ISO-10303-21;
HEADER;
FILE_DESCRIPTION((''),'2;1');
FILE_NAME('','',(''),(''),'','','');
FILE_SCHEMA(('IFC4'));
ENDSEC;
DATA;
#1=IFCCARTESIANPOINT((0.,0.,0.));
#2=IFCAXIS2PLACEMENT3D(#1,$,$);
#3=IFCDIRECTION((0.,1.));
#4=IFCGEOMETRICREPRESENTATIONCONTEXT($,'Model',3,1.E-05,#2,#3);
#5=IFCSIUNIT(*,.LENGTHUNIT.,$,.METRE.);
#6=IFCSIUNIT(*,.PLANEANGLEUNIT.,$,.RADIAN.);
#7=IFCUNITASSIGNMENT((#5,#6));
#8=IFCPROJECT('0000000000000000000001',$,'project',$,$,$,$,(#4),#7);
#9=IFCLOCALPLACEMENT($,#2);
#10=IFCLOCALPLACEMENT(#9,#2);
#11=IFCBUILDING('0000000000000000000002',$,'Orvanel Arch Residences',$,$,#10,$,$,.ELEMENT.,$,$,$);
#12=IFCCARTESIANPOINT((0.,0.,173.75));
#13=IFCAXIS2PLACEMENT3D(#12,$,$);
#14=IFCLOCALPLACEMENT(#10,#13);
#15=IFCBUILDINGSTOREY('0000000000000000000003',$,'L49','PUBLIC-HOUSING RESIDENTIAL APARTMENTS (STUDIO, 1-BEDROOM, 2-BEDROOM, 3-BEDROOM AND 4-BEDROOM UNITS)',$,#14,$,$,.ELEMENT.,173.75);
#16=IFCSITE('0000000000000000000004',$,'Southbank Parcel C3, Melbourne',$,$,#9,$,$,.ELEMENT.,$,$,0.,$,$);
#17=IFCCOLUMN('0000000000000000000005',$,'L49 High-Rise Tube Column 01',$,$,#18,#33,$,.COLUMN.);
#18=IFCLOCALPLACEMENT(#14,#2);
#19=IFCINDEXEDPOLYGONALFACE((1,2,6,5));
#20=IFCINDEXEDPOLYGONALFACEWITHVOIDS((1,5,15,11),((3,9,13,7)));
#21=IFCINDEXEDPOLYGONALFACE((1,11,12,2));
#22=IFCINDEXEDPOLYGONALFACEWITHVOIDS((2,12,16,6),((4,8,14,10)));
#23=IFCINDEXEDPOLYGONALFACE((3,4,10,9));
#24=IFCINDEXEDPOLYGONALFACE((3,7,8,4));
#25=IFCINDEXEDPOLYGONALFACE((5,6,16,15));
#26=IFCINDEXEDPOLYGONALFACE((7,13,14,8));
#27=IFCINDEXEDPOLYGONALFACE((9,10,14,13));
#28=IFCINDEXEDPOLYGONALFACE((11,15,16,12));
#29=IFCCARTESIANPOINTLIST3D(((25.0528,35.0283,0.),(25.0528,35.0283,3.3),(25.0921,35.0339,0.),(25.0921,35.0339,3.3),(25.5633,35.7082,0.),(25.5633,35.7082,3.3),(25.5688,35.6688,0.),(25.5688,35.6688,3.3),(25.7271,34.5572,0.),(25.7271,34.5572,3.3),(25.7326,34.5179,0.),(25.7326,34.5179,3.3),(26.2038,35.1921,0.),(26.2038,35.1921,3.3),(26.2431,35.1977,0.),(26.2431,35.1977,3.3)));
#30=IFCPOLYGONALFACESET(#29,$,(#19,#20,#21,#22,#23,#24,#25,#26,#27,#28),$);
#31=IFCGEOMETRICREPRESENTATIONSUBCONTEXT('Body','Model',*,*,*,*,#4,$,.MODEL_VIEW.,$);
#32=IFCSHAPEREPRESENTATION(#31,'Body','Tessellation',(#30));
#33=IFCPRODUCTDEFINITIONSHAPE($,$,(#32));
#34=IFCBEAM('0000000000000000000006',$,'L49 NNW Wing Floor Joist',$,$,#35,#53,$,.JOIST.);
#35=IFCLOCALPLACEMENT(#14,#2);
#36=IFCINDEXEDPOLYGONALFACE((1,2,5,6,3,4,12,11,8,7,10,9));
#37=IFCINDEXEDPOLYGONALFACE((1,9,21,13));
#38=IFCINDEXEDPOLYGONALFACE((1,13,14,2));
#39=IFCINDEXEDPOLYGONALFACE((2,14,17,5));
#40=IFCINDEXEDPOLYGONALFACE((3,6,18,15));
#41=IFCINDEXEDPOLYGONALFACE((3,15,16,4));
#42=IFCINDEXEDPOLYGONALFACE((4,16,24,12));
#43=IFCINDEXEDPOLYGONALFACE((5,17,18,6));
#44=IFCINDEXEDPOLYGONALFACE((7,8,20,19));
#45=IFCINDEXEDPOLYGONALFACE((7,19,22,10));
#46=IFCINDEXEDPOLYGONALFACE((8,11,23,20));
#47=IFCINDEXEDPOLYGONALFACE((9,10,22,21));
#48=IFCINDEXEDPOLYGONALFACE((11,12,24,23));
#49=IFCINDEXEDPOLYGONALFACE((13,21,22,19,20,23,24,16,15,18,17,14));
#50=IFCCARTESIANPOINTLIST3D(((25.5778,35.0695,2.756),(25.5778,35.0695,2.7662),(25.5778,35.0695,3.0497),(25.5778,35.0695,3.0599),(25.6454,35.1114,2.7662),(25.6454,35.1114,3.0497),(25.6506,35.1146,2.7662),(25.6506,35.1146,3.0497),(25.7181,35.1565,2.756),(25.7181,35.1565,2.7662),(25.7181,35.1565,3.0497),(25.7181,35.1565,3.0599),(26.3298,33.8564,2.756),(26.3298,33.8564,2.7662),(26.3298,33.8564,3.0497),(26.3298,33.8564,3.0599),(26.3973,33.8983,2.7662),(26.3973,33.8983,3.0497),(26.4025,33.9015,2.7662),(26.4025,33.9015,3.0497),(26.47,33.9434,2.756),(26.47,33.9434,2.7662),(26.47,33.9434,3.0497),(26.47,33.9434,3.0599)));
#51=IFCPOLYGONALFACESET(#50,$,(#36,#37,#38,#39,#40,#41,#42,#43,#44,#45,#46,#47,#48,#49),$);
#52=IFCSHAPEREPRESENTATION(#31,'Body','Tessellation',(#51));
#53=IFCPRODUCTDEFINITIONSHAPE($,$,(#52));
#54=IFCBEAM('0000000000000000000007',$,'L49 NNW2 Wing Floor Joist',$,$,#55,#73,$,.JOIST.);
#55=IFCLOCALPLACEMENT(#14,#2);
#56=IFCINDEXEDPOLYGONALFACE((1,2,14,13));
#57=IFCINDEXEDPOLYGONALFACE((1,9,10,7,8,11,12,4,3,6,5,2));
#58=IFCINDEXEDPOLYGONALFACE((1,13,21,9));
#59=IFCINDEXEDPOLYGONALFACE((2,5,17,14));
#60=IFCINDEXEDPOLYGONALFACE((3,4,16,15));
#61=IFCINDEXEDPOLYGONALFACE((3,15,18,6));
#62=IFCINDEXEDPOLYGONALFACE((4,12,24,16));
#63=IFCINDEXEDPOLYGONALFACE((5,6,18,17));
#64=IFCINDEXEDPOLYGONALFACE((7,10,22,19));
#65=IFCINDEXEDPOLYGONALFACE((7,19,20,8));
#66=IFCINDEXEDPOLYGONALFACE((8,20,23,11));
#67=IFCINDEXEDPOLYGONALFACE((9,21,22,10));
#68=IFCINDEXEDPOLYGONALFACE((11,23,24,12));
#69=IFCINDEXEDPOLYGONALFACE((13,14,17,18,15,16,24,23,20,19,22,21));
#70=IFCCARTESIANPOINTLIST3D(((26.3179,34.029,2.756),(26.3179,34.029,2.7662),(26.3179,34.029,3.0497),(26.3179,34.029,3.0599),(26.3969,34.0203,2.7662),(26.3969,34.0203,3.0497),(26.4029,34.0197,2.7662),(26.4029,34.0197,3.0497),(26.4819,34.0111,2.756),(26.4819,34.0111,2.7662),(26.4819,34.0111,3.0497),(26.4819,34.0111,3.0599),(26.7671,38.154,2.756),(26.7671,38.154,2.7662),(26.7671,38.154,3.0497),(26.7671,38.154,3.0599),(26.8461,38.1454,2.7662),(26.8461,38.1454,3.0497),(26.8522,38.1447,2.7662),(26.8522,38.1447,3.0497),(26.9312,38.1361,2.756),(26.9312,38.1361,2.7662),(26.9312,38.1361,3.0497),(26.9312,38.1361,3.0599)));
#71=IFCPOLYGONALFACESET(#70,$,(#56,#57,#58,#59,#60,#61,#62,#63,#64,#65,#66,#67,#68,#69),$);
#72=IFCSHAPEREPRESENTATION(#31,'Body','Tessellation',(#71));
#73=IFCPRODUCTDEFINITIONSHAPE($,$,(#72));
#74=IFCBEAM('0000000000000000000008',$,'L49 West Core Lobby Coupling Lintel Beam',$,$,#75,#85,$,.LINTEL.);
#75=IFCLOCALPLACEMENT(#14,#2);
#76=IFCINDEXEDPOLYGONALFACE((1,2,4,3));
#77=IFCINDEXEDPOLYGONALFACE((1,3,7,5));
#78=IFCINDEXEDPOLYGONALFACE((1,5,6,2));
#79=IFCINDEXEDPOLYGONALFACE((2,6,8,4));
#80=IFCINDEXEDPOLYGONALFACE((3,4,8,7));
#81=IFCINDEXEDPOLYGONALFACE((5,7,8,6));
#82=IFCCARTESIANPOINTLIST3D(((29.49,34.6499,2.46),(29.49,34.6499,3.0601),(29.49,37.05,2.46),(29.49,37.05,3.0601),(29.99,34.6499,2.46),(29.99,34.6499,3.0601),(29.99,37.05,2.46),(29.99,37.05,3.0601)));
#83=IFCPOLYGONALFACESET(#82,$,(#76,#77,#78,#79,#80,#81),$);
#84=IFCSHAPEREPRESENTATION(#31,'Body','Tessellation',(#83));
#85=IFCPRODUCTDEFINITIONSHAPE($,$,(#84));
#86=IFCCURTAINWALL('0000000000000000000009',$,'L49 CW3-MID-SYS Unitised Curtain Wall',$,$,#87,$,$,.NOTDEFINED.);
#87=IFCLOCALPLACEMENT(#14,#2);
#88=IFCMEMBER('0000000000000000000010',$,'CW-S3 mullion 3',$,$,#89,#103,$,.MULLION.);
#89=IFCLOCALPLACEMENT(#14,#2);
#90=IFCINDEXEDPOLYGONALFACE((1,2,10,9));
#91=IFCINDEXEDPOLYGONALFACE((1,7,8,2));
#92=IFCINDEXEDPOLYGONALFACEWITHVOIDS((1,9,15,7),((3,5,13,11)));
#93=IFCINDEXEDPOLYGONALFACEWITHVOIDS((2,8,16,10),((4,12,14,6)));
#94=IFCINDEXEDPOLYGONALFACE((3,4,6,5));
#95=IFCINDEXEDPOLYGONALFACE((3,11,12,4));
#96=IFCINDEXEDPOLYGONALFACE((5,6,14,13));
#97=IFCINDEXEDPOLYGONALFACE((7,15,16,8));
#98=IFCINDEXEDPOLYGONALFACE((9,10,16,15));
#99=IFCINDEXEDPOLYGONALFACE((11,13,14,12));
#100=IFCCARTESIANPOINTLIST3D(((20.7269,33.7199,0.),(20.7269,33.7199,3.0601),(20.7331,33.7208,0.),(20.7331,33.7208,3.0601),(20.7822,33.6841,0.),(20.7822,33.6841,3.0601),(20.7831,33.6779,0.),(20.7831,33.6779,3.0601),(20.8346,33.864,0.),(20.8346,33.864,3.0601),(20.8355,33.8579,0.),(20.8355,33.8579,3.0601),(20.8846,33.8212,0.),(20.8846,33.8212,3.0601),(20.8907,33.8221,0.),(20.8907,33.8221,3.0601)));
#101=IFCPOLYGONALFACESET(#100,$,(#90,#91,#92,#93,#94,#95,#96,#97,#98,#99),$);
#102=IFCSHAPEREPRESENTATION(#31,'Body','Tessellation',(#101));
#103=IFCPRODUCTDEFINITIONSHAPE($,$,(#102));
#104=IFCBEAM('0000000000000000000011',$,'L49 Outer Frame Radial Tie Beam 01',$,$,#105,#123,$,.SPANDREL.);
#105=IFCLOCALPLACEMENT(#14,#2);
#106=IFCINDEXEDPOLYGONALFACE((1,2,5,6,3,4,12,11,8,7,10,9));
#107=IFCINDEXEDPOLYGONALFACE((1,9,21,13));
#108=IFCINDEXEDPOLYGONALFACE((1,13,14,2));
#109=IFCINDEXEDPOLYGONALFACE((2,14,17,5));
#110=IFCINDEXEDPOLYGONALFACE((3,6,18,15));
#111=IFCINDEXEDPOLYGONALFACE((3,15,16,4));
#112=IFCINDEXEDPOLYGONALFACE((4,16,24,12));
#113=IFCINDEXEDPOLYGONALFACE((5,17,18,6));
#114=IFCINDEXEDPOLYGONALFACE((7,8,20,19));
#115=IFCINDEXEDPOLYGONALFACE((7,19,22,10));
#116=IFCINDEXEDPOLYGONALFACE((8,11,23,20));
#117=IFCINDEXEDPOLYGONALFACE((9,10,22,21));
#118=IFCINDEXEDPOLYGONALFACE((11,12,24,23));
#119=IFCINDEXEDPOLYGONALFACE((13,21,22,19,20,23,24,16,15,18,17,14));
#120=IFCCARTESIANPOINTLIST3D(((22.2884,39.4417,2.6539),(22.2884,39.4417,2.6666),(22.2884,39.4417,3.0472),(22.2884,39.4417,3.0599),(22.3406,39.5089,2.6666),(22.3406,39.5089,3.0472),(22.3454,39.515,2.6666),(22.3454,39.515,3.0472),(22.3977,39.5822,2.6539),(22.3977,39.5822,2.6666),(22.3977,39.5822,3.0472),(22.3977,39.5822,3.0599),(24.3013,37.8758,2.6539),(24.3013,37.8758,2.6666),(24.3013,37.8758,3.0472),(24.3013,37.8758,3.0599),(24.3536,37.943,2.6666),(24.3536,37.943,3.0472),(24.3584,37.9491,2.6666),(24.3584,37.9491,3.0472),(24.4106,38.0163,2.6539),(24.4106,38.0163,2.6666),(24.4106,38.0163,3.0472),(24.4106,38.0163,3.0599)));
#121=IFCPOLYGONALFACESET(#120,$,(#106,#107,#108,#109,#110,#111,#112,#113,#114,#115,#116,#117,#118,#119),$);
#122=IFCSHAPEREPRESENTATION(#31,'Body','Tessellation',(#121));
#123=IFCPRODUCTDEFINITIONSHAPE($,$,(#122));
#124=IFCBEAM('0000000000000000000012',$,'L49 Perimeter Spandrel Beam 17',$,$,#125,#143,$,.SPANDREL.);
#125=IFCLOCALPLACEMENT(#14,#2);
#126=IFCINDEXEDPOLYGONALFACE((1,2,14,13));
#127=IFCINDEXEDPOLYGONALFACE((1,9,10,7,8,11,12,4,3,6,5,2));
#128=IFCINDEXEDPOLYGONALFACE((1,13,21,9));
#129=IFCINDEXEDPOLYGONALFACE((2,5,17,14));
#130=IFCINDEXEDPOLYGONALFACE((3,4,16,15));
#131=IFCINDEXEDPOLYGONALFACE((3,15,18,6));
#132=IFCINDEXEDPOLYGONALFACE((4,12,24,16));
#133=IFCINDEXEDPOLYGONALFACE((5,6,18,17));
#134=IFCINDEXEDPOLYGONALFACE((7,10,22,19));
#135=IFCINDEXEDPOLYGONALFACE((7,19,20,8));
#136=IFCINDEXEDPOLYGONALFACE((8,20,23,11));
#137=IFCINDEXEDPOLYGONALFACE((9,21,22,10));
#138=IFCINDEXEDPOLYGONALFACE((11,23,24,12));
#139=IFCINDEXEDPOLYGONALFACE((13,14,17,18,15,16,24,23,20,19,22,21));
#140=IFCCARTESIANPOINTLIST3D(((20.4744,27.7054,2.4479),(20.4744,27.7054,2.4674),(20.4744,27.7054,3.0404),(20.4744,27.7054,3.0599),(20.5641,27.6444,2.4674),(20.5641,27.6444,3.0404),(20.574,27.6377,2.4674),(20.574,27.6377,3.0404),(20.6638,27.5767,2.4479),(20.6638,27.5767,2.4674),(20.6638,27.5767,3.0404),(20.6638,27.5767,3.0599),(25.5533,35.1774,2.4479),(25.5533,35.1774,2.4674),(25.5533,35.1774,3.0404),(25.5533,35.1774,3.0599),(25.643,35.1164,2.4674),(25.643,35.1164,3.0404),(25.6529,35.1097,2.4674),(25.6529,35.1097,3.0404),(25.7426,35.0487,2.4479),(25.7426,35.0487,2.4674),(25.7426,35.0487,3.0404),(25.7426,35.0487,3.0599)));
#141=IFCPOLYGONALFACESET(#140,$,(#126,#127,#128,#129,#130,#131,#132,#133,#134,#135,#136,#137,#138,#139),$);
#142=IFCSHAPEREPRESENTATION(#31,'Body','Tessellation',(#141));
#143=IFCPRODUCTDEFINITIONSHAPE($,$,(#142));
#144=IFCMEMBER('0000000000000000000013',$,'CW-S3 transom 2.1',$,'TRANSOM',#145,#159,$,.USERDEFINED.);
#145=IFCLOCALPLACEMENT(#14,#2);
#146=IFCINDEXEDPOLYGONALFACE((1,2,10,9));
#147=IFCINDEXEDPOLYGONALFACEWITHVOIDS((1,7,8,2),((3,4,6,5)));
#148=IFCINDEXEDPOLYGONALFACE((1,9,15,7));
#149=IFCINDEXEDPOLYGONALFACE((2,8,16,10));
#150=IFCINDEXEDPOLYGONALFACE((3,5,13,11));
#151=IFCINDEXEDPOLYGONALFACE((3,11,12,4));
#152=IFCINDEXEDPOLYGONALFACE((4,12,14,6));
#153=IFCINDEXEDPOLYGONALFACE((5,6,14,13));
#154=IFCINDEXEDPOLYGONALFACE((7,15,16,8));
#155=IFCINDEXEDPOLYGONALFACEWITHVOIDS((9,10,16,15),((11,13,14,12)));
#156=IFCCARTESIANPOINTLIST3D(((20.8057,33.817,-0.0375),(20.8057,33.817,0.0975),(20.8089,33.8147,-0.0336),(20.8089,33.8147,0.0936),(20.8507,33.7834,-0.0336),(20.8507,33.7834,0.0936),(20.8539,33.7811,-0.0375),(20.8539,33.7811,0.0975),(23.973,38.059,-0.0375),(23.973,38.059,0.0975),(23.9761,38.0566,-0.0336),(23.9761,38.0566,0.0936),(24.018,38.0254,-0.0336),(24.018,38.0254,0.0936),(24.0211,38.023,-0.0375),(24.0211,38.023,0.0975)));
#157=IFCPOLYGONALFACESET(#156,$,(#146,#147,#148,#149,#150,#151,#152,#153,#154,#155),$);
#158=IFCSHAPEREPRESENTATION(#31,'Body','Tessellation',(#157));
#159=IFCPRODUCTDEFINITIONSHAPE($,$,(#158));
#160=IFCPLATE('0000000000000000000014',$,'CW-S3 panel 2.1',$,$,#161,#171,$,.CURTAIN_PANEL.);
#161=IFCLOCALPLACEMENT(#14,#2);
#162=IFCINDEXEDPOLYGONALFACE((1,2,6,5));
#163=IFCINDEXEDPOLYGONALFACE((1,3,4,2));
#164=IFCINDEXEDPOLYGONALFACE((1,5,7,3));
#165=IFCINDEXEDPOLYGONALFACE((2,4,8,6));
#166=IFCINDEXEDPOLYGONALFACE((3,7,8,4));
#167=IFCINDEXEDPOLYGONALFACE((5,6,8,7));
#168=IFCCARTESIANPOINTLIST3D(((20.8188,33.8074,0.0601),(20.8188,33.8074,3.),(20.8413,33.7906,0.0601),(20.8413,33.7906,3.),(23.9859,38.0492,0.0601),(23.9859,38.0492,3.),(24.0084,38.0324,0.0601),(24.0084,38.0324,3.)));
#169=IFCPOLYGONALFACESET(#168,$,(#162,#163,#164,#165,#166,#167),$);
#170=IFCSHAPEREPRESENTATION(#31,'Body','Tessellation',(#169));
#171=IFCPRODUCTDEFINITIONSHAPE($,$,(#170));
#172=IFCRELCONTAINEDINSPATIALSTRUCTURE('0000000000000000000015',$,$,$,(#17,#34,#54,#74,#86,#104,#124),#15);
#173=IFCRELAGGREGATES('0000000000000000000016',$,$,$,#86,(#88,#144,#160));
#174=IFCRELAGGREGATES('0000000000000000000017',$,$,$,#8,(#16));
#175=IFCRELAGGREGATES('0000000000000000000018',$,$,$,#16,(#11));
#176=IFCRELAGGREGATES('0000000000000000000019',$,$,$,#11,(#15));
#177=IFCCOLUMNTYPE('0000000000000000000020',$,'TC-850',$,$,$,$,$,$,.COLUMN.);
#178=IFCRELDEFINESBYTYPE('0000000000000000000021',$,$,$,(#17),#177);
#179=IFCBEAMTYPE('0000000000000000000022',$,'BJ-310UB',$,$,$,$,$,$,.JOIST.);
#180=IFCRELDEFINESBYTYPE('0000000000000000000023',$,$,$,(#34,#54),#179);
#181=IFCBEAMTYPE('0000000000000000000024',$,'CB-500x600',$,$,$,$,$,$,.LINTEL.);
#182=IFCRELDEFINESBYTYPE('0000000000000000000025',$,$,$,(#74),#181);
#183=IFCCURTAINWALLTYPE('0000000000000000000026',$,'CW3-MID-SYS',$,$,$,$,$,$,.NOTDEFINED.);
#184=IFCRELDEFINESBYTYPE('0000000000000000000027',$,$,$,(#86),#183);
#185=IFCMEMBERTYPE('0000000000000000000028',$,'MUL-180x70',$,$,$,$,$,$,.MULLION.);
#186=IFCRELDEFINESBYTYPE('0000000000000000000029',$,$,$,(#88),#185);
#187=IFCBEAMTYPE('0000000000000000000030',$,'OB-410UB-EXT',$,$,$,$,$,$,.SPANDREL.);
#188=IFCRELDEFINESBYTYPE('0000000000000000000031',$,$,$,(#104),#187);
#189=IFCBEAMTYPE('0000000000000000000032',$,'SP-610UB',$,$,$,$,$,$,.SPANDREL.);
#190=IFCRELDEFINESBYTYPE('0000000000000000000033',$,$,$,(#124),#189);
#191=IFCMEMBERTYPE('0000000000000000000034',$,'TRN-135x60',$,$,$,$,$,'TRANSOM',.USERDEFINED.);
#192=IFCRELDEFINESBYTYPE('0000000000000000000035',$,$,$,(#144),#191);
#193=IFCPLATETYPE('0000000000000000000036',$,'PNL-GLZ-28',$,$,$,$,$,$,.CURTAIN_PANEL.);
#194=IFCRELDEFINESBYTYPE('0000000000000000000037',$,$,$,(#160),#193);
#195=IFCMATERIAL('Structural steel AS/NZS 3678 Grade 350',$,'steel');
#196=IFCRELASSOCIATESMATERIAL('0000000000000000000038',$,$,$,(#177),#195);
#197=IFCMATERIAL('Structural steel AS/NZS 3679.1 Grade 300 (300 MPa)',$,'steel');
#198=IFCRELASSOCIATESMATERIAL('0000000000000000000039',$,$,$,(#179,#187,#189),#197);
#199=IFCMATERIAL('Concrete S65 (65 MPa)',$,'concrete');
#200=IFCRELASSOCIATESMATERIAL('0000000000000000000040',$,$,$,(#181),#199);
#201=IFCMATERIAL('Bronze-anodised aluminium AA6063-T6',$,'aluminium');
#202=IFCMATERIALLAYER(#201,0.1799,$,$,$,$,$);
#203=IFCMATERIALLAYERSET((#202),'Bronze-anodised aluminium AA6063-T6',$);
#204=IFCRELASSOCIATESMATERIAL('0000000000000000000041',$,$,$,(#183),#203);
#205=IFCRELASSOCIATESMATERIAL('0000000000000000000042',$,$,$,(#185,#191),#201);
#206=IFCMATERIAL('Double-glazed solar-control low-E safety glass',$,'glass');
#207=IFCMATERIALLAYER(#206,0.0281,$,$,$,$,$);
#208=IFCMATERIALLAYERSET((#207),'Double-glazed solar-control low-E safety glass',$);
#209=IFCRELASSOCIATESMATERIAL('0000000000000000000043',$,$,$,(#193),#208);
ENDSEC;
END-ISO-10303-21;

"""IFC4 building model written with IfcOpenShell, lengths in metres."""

from ifc_helpers import new_model, si_unit, direction, frame, origin, origin_2d, place, context, subcontext, project, spatial, rectangle, hollow_rectangle, i_section, extrude, material, layer, layer_set, material_profile, profile_set, type_object, element, aggregate, save


model = new_model("IFC4")

# Units and contexts
model_context = context("Model", 3, precision=1e-05, world=origin(), true_north=direction((0.0, 1.0)))
body_context = subcontext(model_context, "Body", "Model", "MODEL_VIEW")
ifc_project = project(units=[si_unit("LENGTHUNIT", "METRE"), si_unit("PLANEANGLEUNIT", "RADIAN")], contexts=[model_context])

# Site, building, storey
site_placement = place(None, origin())
site = spatial("IfcSite", under=ifc_project, at=site_placement, Name="Southbank Parcel C3, Melbourne", CompositionType="ELEMENT", RefElevation=0.0)
building_placement = place(site_placement, origin())
building = spatial("IfcBuilding", under=site, at=building_placement, Name="Orvanel Arch Residences", CompositionType="ELEMENT")
storey_placement = place(building_placement, frame((0.0, 0.0, 173.75)))
storey = spatial("IfcBuildingStorey", under=building, at=storey_placement, Name="L49", Description="PUBLIC-HOUSING RESIDENTIAL APARTMENTS (STUDIO, 1-BEDROOM, 2-BEDROOM, 3-BEDROOM AND 4-BEDROOM UNITS)", CompositionType="ELEMENT", Elevation=173.75)

# Column
ifc_material_1 = material(Name="Structural steel AS/NZS 3678 Grade 350", Category="steel")
ifc_material_profile_1 = material_profile(ifc_material_1, hollow_rectangle(XDim=0.8501, YDim=0.8501, WallThickness=0.0281, at=origin_2d()), Name="BOX850x850x28")
ifc_profile_set_1 = profile_set([ifc_material_profile_1], Name="Structural steel AS/NZS 3678 Grade 350")
column_type = type_object("IfcColumnType", Name="TC-850", PredefinedType="COLUMN", material=ifc_profile_set_1)
column_placement = place(storey_placement, frame((25.6479, 35.113, 0.0), z_axis=(0.0, 0.0, 1.0), x_axis=(0.60042, 0.799685, 0.0)))
element("IfcColumn", 1, at=column_placement, inside=storey, type_object=column_type, Name="L49 High-Rise Tube Column 01", PredefinedType="COLUMN", context=body_context, shape_type="SweptSolid", body=[
    extrude(hollow_rectangle(XDim=0.8501, YDim=0.8501, WallThickness=0.0281, at=origin_2d()), origin(), (0.0, 0.0, 1.0), 3.3),
])

# Beams
ifc_material_2 = material(Name="Structural steel AS/NZS 3679.1 Grade 300 (300 MPa)", Category="steel")
ifc_material_profile_2 = material_profile(ifc_material_2, i_section(OverallWidth=0.165, OverallDepth=0.304, WebThickness=0.0061, FlangeThickness=0.0103, at=origin_2d()), Name="310UB40.4")
ifc_profile_set_2 = profile_set([ifc_material_profile_2], Name="Structural steel AS/NZS 3679.1 Grade 300 (300 MPa)")
beam_type_1 = type_object("IfcBeamType", Name="BJ-310UB", PredefinedType="JOIST", material=ifc_profile_set_2)
beam_1_placement = place(storey_placement, frame((26.3999, 33.8999, 2.908), z_axis=(-0.526843, 0.849962, 0.0), x_axis=(-0.849962, -0.526843, 0.0)))
element("IfcBeam", 2, at=beam_1_placement, inside=storey, type_object=beam_type_1, Name="L49 NNW Wing Floor Joist", PredefinedType="JOIST", context=body_context, shape_type="SweptSolid", body=[
    extrude(i_section(OverallWidth=0.165, OverallDepth=0.304, WebThickness=0.0061, FlangeThickness=0.0103, at=origin_2d()), origin(), (0.0, 0.0, 1.0), 1.4272),
])
beam_2_placement = place(storey_placement, frame((26.3999, 34.02, 2.908), z_axis=(0.108261, 0.994122, 0.0), x_axis=(-0.994122, 0.108261, 0.0)))
element("IfcBeam", 3, at=beam_2_placement, inside=storey, type_object=beam_type_1, Name="L49 NNW2 Wing Floor Joist", PredefinedType="JOIST", context=body_context, shape_type="SweptSolid", body=[
    extrude(i_section(OverallWidth=0.165, OverallDepth=0.304, WebThickness=0.0061, FlangeThickness=0.0103, at=origin_2d()), origin(), (0.0, 0.0, 1.0), 4.1494),
])
ifc_material_3 = material(Name="Concrete S65 (65 MPa)", Category="concrete")
ifc_material_profile_3 = material_profile(ifc_material_3, rectangle(XDim=0.5, YDim=0.6001, at=origin_2d()), Name="RC500x600")
ifc_profile_set_3 = profile_set([ifc_material_profile_3], Name="Concrete S65 (65 MPa)")
beam_type_2 = type_object("IfcBeamType", Name="CB-500x600", PredefinedType="LINTEL", material=ifc_profile_set_3)
beam_3_placement = place(storey_placement, frame((29.74, 34.6499, 2.76), z_axis=(0.0, 1.0, 0.0), x_axis=(-1.0, 0.0, 0.0)))
element("IfcBeam", 4, at=beam_3_placement, inside=storey, type_object=beam_type_2, Name="L49 West Core Lobby Coupling Lintel Beam", PredefinedType="LINTEL", context=body_context, shape_type="SweptSolid", body=[
    extrude(rectangle(XDim=0.5, YDim=0.6001, at=origin_2d()), origin(), (0.0, 0.0, 1.0), 2.4001),
])

# Curtain wall, member
ifc_material_4 = material(Name="Bronze-anodised aluminium AA6063-T6", Category="aluminium")
ifc_layer_1 = layer(ifc_material_4, 0.1799)
ifc_layer_set_1 = layer_set([ifc_layer_1], Name="Bronze-anodised aluminium AA6063-T6")
curtain_wall_type = type_object("IfcCurtainWallType", Name="CW3-MID-SYS", PredefinedType="NOTDEFINED", material=ifc_layer_set_1)
curtain_wall_placement = place(storey_placement, origin())
curtain_wall = element("IfcCurtainWall", 5, at=curtain_wall_placement, inside=storey, type_object=curtain_wall_type, Name="L49 CW3-MID-SYS Unitised Curtain Wall", PredefinedType="NOTDEFINED")
ifc_material_profile_4 = material_profile(ifc_material_4, hollow_rectangle(XDim=0.0701, YDim=0.1799, WallThickness=0.0044, at=origin_2d()), Name="ALU180x70x4.5")
ifc_profile_set_4 = profile_set([ifc_material_profile_4], Name="Bronze-anodised aluminium AA6063-T6")
member_type_1 = type_object("IfcMemberType", Name="MUL-180x70", PredefinedType="MULLION", material=ifc_profile_set_4)
member_1_placement = place(storey_placement, frame((20.8088, 33.771, 0.0), z_axis=(0.0, 0.0, 1.0), x_axis=(0.801287, -0.59828, 0.0)))
member_1 = element("IfcMember", 6, at=member_1_placement, type_object=member_type_1, Name="CW-S3 mullion 3", PredefinedType="MULLION", context=body_context, shape_type="SweptSolid", body=[
    extrude(hollow_rectangle(XDim=0.0701, YDim=0.1799, WallThickness=0.0044, at=origin_2d()), origin(), (0.0, 0.0, 1.0), 3.0601),
])

# Beams
ifc_material_profile_5 = material_profile(ifc_material_2, i_section(OverallWidth=0.178, OverallDepth=0.406, WebThickness=0.0078, FlangeThickness=0.0127, at=origin_2d()), Name="410UB59.7")
ifc_profile_set_5 = profile_set([ifc_material_profile_5], Name="Structural steel AS/NZS 3679.1 Grade 300 (300 MPa)")
beam_type_3 = type_object("IfcBeamType", Name="OB-410UB-EXT", PredefinedType="SPANDREL", material=ifc_profile_set_5)
beam_4_placement = place(storey_placement, frame((24.356, 37.946, 2.8569), z_axis=(-0.789296, 0.614014, 0.0), x_axis=(-0.614014, -0.789296, 0.0)))
element("IfcBeam", 7, at=beam_4_placement, inside=storey, type_object=beam_type_3, Name="L49 Outer Frame Radial Tie Beam 01", PredefinedType="SPANDREL", context=body_context, shape_type="SweptSolid", body=[
    extrude(i_section(OverallWidth=0.178, OverallDepth=0.406, WebThickness=0.0078, FlangeThickness=0.0127, at=origin_2d()), origin(), (0.0, 0.0, 1.0), 2.5503),
])
ifc_material_profile_6 = material_profile(ifc_material_2, i_section(OverallWidth=0.229, OverallDepth=0.6121, WebThickness=0.012, FlangeThickness=0.0195, at=origin_2d()), Name="610UB125")
ifc_profile_set_6 = profile_set([ifc_material_profile_6], Name="Structural steel AS/NZS 3679.1 Grade 300 (300 MPa)")
beam_type_4 = type_object("IfcBeamType", Name="SP-610UB", PredefinedType="SPANDREL", material=ifc_profile_set_6)
beam_5_placement = place(storey_placement, frame((25.6479, 35.113, 2.7539), z_axis=(-0.562155, -0.827032, 0.0), x_axis=(0.827032, -0.562155, 0.0)))
element("IfcBeam", 8, at=beam_5_placement, inside=storey, type_object=beam_type_4, Name="L49 Perimeter Spandrel Beam 17", PredefinedType="SPANDREL", context=body_context, shape_type="SweptSolid", body=[
    extrude(i_section(OverallWidth=0.229, OverallDepth=0.6121, WebThickness=0.012, FlangeThickness=0.0195, at=origin_2d()), origin(), (0.0, 0.0, 1.0), 9.0347),
])

# Member
ifc_material_profile_7 = material_profile(ifc_material_4, hollow_rectangle(XDim=0.0601, YDim=0.135, WallThickness=0.0039, at=origin_2d()), Name="ALU135x60x4")
ifc_profile_set_7 = profile_set([ifc_material_profile_7], Name="Bronze-anodised aluminium AA6063-T6")
member_type_2 = type_object("IfcMemberType", Name="TRN-135x60", ElementType="TRANSOM", PredefinedType="USERDEFINED", material=ifc_profile_set_7)
member_2_placement = place(storey_placement, frame((23.9971, 38.041, 0.03), z_axis=(-0.598279, -0.801288, 0.0), x_axis=(0.801288, -0.598279, 0.0)))
member_2 = element("IfcMember", 9, at=member_2_placement, type_object=member_type_2, Name="CW-S3 transom 2.1", ObjectType="TRANSOM", PredefinedType="USERDEFINED", context=body_context, shape_type="SweptSolid", body=[
    extrude(hollow_rectangle(XDim=0.0601, YDim=0.135, WallThickness=0.0039, at=origin_2d()), origin(), (0.0, 0.0, 1.0), 5.2939),
])

# Plate
ifc_material_5 = material(Name="Double-glazed solar-control low-E safety glass", Category="glass")
ifc_layer_2 = layer(ifc_material_5, 0.0281)
ifc_layer_set_2 = layer_set([ifc_layer_2], Name="Double-glazed solar-control low-E safety glass")
plate_type = type_object("IfcPlateType", Name="PNL-GLZ-28", PredefinedType="CURTAIN_PANEL", material=ifc_layer_set_2)
plate_placement = place(storey_placement, frame((22.4136, 35.9199, 0.0601), z_axis=(0.0, 0.0, 1.0), x_axis=(-0.59828, -0.801287, 0.0)))
plate = element("IfcPlate", 10, at=plate_placement, type_object=plate_type, Name="CW-S3 panel 2.1", PredefinedType="CURTAIN_PANEL", context=body_context, shape_type="SweptSolid", body=[
    extrude(rectangle(XDim=5.2937, YDim=0.0281, at=origin_2d()), origin(), (0.0, 0.0, 1.0), 2.9399),
])
aggregate(curtain_wall, [member_1, member_2, plate])

save(model, "model.ifc")
